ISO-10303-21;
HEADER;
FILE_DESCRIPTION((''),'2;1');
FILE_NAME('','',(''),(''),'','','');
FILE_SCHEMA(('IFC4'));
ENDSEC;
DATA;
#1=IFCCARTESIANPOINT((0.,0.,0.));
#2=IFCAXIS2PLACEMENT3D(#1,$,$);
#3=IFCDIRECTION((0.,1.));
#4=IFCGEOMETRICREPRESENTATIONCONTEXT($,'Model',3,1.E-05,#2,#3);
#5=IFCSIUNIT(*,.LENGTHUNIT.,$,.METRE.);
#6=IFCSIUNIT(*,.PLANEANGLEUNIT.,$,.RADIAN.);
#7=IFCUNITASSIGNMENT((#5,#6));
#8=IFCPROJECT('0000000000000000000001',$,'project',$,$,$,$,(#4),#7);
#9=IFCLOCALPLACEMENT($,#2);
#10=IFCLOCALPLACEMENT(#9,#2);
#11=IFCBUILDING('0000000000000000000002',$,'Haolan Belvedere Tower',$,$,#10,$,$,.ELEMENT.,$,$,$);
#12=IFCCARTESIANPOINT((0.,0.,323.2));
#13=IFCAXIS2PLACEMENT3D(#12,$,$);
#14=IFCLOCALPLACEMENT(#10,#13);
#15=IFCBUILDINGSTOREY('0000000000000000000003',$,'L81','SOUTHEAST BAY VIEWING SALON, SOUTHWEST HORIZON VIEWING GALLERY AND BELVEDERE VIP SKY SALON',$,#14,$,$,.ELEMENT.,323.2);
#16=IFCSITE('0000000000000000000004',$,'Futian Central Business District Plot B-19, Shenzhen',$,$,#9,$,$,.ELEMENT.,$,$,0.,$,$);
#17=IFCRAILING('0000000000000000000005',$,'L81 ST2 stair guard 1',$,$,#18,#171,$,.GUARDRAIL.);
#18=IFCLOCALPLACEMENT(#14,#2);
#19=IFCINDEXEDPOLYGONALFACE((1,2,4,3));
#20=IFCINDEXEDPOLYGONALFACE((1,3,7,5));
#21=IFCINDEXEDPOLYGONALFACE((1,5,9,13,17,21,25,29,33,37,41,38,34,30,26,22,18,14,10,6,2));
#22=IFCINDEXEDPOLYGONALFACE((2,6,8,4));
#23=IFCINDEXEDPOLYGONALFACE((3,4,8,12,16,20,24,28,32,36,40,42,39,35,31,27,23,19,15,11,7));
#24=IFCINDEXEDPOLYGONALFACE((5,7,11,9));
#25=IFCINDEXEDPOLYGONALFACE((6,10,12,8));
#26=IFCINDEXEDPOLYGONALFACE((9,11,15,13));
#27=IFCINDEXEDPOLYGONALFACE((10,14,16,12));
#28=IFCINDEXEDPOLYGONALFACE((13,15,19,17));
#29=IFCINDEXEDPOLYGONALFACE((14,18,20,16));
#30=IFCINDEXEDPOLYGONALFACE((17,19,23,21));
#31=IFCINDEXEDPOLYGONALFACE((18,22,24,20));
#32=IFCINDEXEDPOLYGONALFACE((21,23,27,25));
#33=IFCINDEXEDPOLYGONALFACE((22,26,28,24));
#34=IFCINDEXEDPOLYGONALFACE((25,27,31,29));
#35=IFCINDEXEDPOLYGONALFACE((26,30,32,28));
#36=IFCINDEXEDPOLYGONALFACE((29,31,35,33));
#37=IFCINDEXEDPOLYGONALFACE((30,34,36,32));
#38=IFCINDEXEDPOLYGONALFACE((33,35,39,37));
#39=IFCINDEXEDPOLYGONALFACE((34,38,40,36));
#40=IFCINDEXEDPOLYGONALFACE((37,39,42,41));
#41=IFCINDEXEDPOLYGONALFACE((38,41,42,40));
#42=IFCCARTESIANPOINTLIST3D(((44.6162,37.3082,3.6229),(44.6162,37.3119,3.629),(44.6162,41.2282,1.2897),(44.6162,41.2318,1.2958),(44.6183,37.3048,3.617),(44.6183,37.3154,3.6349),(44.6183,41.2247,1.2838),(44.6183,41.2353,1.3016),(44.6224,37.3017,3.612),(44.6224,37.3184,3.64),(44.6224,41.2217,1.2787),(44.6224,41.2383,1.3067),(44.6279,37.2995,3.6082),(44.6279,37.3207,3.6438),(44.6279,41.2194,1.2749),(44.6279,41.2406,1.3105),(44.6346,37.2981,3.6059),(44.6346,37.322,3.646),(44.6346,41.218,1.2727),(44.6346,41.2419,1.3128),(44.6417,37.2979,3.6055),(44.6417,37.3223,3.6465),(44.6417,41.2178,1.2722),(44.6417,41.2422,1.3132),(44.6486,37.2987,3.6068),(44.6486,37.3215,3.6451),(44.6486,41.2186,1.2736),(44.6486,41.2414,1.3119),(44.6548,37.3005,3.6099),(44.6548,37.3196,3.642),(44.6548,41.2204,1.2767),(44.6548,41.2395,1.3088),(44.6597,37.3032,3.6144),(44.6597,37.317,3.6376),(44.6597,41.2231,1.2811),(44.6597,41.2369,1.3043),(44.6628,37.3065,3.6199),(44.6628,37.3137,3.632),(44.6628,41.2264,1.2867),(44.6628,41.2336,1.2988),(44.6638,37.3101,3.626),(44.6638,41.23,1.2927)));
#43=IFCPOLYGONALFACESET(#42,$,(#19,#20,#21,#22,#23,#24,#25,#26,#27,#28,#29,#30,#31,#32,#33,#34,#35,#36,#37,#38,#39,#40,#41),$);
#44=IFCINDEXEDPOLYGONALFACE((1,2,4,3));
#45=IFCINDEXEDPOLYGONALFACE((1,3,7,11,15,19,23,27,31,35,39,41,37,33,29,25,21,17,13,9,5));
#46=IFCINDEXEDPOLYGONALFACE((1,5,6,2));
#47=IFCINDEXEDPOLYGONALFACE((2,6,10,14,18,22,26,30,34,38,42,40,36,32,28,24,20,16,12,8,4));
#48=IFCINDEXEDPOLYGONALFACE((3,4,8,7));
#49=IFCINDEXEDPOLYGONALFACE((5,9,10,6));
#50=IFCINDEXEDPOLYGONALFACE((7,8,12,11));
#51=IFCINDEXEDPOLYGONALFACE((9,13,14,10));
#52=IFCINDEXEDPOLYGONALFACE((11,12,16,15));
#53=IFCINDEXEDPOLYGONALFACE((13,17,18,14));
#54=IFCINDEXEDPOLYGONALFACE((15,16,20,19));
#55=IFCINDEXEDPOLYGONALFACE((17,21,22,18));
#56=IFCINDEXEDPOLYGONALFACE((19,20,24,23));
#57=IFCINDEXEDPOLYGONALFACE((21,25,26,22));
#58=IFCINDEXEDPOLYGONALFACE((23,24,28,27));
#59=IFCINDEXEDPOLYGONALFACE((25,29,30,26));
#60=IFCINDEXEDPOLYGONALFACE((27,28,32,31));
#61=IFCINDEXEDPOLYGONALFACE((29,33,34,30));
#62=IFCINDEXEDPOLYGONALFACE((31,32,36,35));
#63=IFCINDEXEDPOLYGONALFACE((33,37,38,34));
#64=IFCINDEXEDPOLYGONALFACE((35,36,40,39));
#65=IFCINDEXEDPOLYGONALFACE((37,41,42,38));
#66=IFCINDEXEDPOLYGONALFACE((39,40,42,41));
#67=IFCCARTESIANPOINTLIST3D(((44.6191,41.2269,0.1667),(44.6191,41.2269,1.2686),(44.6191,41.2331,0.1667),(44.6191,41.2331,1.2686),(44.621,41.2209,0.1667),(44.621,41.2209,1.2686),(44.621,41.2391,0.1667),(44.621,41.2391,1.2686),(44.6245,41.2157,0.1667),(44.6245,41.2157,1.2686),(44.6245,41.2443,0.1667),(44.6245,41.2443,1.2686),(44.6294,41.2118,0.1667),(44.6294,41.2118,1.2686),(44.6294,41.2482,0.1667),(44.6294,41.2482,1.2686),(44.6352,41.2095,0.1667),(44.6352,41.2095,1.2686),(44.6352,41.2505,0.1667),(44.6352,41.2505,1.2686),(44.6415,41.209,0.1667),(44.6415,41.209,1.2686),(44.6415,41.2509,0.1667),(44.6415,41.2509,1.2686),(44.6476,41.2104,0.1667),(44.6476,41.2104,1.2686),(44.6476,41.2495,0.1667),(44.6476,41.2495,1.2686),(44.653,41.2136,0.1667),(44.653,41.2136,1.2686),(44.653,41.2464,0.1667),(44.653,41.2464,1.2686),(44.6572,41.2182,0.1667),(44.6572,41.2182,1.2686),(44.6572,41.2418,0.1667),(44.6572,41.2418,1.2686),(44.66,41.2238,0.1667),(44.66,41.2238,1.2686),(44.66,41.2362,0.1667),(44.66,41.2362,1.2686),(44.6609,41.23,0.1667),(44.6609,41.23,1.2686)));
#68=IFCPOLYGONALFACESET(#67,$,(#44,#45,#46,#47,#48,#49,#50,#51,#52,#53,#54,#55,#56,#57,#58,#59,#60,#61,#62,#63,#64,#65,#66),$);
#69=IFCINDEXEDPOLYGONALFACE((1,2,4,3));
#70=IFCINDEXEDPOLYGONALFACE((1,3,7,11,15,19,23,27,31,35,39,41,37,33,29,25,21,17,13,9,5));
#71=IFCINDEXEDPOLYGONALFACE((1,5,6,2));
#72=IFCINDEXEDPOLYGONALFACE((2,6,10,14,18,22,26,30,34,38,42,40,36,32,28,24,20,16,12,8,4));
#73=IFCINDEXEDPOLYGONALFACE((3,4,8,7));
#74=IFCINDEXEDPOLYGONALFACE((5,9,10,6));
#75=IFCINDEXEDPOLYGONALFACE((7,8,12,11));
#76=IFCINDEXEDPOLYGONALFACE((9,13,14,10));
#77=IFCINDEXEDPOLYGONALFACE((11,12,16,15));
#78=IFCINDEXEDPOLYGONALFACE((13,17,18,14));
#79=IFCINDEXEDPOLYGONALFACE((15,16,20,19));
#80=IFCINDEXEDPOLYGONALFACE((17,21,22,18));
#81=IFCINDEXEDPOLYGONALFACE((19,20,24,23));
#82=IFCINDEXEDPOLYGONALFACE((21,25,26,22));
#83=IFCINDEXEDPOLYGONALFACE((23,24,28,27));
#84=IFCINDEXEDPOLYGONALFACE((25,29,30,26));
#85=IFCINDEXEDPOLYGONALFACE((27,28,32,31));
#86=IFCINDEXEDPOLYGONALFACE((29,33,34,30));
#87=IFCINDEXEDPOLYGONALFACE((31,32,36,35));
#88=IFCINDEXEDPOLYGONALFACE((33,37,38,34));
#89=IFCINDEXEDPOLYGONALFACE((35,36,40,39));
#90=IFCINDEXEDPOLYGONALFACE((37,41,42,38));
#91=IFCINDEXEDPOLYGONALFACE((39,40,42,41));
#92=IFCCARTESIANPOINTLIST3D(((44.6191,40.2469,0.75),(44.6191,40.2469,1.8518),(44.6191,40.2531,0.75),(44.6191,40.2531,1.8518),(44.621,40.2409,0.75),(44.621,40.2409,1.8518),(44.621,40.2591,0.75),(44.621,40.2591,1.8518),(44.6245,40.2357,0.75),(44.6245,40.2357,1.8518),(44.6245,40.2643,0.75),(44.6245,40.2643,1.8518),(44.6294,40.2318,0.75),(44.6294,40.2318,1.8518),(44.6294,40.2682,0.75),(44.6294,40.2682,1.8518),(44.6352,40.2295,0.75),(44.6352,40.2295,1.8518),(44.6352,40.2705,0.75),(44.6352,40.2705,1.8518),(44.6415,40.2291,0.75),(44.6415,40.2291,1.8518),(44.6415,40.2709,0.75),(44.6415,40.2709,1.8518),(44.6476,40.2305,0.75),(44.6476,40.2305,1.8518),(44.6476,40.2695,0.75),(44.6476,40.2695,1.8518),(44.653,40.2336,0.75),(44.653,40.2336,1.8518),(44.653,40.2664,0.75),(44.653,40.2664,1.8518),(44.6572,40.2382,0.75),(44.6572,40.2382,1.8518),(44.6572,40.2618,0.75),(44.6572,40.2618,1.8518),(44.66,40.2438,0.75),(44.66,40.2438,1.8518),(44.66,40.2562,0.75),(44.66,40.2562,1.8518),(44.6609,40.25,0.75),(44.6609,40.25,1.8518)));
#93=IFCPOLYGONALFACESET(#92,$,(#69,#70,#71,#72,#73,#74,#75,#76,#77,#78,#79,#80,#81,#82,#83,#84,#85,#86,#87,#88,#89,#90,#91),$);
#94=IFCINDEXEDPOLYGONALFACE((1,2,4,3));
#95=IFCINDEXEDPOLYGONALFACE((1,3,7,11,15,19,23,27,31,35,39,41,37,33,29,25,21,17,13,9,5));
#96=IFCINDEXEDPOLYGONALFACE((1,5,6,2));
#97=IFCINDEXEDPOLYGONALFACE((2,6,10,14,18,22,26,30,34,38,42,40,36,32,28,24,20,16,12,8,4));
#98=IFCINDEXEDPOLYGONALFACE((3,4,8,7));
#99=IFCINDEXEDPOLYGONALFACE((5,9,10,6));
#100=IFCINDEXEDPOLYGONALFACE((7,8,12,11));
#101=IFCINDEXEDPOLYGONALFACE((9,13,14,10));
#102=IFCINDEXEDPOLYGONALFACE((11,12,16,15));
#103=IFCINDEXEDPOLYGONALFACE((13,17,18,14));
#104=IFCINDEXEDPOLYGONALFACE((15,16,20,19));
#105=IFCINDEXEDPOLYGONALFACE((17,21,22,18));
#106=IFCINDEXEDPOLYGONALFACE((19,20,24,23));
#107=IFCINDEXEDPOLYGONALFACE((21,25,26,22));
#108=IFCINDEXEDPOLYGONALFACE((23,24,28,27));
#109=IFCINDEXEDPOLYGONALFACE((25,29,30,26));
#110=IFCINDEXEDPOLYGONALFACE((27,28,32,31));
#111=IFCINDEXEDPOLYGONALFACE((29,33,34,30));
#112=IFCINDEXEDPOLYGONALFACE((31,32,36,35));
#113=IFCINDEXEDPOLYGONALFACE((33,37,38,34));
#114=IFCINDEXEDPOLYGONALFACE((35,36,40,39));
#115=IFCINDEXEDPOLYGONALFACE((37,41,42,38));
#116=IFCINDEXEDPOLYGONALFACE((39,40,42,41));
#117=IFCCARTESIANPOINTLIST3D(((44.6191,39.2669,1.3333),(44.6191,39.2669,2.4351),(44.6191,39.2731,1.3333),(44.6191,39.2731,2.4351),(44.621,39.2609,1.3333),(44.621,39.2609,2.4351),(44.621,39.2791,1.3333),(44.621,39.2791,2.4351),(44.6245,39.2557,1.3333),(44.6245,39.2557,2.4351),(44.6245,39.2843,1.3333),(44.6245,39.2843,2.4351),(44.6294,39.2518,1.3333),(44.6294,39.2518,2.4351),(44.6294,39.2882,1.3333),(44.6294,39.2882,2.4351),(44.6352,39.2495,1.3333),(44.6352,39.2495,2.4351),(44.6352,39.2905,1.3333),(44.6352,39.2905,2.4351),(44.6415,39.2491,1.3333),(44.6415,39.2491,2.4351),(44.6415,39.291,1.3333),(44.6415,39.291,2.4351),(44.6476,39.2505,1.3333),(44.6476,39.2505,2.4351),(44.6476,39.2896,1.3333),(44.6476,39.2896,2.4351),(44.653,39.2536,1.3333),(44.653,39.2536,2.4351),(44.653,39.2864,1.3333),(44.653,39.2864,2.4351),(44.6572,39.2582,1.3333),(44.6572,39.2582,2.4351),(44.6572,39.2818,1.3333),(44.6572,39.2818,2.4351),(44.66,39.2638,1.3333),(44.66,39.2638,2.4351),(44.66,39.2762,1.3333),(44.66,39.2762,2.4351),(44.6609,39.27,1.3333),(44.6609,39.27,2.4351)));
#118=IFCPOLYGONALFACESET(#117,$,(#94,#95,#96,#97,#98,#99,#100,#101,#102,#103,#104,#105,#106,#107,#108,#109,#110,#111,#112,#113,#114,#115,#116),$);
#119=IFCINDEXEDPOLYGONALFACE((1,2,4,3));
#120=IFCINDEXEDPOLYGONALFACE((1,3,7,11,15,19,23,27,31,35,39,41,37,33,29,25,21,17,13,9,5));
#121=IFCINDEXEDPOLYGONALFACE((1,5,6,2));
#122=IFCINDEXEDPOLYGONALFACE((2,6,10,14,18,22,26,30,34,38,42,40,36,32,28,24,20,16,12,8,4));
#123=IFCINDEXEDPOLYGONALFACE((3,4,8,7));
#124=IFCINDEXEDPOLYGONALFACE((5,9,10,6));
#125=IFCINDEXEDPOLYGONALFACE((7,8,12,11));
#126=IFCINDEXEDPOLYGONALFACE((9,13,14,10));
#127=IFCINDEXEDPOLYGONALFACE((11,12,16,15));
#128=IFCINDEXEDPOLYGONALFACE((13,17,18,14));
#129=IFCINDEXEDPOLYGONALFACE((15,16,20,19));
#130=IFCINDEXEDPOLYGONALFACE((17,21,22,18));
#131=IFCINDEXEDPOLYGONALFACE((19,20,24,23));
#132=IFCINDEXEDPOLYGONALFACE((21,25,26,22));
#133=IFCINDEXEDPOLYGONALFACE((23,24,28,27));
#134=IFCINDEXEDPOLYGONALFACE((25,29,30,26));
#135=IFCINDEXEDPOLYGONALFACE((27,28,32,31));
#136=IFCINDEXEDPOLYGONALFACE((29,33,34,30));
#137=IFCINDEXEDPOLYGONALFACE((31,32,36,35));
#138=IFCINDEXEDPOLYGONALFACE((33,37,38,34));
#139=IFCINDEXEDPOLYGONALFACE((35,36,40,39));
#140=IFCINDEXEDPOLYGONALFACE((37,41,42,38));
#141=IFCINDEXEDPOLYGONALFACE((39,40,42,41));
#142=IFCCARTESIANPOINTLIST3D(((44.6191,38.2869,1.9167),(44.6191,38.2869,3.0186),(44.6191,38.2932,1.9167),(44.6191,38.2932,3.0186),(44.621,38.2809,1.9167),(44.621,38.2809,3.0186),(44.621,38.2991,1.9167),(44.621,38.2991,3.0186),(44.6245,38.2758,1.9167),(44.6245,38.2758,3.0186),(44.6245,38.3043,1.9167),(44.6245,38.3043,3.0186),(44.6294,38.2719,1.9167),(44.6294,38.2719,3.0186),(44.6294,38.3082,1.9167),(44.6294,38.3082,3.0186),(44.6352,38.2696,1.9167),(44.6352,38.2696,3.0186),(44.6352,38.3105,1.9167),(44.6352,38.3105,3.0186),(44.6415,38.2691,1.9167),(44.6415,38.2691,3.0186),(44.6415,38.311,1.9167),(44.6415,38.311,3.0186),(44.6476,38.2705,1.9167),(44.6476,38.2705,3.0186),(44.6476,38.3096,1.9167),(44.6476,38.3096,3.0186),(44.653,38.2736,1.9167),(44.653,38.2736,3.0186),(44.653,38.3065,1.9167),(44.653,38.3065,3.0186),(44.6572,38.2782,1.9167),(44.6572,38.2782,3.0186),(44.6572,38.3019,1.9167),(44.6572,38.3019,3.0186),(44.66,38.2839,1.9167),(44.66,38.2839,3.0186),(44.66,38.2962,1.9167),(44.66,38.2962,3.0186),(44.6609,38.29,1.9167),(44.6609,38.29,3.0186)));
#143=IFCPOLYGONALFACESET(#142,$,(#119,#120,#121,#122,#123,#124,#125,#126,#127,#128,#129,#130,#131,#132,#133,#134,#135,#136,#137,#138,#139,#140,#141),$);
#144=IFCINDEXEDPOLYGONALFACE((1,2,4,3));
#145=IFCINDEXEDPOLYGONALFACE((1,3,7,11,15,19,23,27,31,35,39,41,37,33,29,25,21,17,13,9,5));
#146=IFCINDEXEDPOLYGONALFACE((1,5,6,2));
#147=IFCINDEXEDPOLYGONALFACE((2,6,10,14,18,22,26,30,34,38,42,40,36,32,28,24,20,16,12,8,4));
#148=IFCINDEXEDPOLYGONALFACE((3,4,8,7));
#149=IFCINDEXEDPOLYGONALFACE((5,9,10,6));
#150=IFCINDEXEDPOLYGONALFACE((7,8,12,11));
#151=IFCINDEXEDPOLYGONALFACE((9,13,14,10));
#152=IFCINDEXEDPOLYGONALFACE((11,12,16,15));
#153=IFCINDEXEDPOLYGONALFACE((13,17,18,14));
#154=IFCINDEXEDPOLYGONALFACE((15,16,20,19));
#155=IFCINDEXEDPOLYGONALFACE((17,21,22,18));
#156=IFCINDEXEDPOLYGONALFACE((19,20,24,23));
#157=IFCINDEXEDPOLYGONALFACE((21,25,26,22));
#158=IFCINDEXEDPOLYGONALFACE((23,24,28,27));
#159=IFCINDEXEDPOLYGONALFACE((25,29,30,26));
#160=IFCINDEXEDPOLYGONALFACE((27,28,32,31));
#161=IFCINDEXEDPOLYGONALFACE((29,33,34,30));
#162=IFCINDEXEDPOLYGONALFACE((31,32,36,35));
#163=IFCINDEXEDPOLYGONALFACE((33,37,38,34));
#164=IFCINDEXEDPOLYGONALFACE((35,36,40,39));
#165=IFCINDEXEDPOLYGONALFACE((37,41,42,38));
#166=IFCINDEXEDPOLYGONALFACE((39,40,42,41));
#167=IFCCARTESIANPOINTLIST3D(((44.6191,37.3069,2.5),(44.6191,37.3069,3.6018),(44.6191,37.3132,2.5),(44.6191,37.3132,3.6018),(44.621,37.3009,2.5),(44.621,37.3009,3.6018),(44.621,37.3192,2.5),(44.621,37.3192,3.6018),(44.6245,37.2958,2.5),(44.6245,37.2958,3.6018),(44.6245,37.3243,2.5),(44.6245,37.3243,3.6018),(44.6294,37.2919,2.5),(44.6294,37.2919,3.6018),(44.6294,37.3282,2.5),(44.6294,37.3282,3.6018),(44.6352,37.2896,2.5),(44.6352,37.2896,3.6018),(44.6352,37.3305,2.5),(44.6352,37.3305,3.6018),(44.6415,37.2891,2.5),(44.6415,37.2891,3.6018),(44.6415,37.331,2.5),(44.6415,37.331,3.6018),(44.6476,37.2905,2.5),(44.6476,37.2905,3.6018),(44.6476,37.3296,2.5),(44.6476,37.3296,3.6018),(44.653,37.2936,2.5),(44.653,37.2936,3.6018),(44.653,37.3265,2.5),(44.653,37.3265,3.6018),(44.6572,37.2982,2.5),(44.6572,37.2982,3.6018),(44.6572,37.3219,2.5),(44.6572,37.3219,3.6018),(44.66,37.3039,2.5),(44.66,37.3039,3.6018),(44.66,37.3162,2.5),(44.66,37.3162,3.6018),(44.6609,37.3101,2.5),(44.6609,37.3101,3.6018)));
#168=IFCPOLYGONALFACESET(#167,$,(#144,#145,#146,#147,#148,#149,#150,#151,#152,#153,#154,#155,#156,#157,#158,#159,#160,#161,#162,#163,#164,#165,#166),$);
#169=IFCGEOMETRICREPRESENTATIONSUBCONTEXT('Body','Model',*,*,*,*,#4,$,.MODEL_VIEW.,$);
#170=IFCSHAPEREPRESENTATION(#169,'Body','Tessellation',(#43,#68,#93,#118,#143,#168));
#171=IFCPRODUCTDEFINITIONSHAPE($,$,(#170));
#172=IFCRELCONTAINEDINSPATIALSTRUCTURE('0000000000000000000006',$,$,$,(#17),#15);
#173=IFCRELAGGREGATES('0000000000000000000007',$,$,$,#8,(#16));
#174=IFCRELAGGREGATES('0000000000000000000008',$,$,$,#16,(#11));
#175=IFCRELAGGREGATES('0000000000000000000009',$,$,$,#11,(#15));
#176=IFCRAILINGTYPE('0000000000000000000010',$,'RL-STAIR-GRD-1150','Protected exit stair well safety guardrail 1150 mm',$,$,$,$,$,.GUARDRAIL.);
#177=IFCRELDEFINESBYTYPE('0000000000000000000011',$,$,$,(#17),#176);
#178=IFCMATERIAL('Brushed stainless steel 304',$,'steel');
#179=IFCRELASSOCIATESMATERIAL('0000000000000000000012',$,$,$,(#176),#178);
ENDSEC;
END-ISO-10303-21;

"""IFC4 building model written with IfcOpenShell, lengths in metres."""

from ifc_helpers import new_model, si_unit, direction, frame, origin, origin_2d, place, context, subcontext, project, spatial, circle, extrude, material, type_object, element, save


model = new_model("IFC4")

# Units and contexts
model_context = context("Model", 3, precision=1e-05, world=origin(), true_north=direction((0.0, 1.0)))
body_context = subcontext(model_context, "Body", "Model", "MODEL_VIEW")
ifc_project = project(units=[si_unit("LENGTHUNIT", "METRE"), si_unit("PLANEANGLEUNIT", "RADIAN")], contexts=[model_context])

# Site, building, storey
site_placement = place(None, origin())
site = spatial("IfcSite", under=ifc_project, at=site_placement, Name="Futian Central Business District Plot B-19, Shenzhen", CompositionType="ELEMENT", RefElevation=0.0)
building_placement = place(site_placement, origin())
building = spatial("IfcBuilding", under=site, at=building_placement, Name="Haolan Belvedere Tower", CompositionType="ELEMENT")
storey_placement = place(building_placement, frame((0.0, 0.0, 323.2)))
storey = spatial("IfcBuildingStorey", under=building, at=storey_placement, Name="L81", Description="SOUTHEAST BAY VIEWING SALON, SOUTHWEST HORIZON VIEWING GALLERY AND BELVEDERE VIP SKY SALON", CompositionType="ELEMENT", Elevation=323.2)

# Railing
ifc_material_1 = material(Name="Brushed stainless steel 304", Category="steel")
railing_type_1 = type_object("IfcRailingType", Name="RL-STAIR-GRD-1150", Description="Protected exit stair well safety guardrail 1150 mm", PredefinedType="GUARDRAIL", material=ifc_material_1)
railing_1_placement = place(storey_placement, frame((44.6399, 41.23, 0.1667)))
element("IfcRailing", 1, at=railing_1_placement, inside=storey, type_object=railing_type_1, Name="L81 ST2 stair guard 1", PredefinedType="GUARDRAIL", context=body_context, shape_type="SweptSolid", body=[
    extrude(circle(Radius=0.0239, at=origin_2d()), frame((0.0, 0.0, 1.126), z_axis=(0.0, -0.859296, 0.511478), x_axis=(1.0, 0.0, 0.0)), (0.0, 0.0, 1.0), 4.5618),
    extrude(circle(Radius=0.021, at=origin_2d()), origin(), (0.0, 0.0, 1.0), 1.1018),
    extrude(circle(Radius=0.021, at=origin_2d()), frame((0.0, -0.98, 0.5833)), (0.0, 0.0, 1.0), 1.1018),
    extrude(circle(Radius=0.021, at=origin_2d()), frame((0.0, -1.96, 1.1665)), (0.0, 0.0, 1.0), 1.1018),
    extrude(circle(Radius=0.021, at=origin_2d()), frame((0.0, -2.9399, 1.75)), (0.0, 0.0, 1.0), 1.1018),
    extrude(circle(Radius=0.021, at=origin_2d()), frame((0.0, -3.9199, 2.3333)), (0.0, 0.0, 1.0), 1.1018),
])

save(model, "model.ifc")
